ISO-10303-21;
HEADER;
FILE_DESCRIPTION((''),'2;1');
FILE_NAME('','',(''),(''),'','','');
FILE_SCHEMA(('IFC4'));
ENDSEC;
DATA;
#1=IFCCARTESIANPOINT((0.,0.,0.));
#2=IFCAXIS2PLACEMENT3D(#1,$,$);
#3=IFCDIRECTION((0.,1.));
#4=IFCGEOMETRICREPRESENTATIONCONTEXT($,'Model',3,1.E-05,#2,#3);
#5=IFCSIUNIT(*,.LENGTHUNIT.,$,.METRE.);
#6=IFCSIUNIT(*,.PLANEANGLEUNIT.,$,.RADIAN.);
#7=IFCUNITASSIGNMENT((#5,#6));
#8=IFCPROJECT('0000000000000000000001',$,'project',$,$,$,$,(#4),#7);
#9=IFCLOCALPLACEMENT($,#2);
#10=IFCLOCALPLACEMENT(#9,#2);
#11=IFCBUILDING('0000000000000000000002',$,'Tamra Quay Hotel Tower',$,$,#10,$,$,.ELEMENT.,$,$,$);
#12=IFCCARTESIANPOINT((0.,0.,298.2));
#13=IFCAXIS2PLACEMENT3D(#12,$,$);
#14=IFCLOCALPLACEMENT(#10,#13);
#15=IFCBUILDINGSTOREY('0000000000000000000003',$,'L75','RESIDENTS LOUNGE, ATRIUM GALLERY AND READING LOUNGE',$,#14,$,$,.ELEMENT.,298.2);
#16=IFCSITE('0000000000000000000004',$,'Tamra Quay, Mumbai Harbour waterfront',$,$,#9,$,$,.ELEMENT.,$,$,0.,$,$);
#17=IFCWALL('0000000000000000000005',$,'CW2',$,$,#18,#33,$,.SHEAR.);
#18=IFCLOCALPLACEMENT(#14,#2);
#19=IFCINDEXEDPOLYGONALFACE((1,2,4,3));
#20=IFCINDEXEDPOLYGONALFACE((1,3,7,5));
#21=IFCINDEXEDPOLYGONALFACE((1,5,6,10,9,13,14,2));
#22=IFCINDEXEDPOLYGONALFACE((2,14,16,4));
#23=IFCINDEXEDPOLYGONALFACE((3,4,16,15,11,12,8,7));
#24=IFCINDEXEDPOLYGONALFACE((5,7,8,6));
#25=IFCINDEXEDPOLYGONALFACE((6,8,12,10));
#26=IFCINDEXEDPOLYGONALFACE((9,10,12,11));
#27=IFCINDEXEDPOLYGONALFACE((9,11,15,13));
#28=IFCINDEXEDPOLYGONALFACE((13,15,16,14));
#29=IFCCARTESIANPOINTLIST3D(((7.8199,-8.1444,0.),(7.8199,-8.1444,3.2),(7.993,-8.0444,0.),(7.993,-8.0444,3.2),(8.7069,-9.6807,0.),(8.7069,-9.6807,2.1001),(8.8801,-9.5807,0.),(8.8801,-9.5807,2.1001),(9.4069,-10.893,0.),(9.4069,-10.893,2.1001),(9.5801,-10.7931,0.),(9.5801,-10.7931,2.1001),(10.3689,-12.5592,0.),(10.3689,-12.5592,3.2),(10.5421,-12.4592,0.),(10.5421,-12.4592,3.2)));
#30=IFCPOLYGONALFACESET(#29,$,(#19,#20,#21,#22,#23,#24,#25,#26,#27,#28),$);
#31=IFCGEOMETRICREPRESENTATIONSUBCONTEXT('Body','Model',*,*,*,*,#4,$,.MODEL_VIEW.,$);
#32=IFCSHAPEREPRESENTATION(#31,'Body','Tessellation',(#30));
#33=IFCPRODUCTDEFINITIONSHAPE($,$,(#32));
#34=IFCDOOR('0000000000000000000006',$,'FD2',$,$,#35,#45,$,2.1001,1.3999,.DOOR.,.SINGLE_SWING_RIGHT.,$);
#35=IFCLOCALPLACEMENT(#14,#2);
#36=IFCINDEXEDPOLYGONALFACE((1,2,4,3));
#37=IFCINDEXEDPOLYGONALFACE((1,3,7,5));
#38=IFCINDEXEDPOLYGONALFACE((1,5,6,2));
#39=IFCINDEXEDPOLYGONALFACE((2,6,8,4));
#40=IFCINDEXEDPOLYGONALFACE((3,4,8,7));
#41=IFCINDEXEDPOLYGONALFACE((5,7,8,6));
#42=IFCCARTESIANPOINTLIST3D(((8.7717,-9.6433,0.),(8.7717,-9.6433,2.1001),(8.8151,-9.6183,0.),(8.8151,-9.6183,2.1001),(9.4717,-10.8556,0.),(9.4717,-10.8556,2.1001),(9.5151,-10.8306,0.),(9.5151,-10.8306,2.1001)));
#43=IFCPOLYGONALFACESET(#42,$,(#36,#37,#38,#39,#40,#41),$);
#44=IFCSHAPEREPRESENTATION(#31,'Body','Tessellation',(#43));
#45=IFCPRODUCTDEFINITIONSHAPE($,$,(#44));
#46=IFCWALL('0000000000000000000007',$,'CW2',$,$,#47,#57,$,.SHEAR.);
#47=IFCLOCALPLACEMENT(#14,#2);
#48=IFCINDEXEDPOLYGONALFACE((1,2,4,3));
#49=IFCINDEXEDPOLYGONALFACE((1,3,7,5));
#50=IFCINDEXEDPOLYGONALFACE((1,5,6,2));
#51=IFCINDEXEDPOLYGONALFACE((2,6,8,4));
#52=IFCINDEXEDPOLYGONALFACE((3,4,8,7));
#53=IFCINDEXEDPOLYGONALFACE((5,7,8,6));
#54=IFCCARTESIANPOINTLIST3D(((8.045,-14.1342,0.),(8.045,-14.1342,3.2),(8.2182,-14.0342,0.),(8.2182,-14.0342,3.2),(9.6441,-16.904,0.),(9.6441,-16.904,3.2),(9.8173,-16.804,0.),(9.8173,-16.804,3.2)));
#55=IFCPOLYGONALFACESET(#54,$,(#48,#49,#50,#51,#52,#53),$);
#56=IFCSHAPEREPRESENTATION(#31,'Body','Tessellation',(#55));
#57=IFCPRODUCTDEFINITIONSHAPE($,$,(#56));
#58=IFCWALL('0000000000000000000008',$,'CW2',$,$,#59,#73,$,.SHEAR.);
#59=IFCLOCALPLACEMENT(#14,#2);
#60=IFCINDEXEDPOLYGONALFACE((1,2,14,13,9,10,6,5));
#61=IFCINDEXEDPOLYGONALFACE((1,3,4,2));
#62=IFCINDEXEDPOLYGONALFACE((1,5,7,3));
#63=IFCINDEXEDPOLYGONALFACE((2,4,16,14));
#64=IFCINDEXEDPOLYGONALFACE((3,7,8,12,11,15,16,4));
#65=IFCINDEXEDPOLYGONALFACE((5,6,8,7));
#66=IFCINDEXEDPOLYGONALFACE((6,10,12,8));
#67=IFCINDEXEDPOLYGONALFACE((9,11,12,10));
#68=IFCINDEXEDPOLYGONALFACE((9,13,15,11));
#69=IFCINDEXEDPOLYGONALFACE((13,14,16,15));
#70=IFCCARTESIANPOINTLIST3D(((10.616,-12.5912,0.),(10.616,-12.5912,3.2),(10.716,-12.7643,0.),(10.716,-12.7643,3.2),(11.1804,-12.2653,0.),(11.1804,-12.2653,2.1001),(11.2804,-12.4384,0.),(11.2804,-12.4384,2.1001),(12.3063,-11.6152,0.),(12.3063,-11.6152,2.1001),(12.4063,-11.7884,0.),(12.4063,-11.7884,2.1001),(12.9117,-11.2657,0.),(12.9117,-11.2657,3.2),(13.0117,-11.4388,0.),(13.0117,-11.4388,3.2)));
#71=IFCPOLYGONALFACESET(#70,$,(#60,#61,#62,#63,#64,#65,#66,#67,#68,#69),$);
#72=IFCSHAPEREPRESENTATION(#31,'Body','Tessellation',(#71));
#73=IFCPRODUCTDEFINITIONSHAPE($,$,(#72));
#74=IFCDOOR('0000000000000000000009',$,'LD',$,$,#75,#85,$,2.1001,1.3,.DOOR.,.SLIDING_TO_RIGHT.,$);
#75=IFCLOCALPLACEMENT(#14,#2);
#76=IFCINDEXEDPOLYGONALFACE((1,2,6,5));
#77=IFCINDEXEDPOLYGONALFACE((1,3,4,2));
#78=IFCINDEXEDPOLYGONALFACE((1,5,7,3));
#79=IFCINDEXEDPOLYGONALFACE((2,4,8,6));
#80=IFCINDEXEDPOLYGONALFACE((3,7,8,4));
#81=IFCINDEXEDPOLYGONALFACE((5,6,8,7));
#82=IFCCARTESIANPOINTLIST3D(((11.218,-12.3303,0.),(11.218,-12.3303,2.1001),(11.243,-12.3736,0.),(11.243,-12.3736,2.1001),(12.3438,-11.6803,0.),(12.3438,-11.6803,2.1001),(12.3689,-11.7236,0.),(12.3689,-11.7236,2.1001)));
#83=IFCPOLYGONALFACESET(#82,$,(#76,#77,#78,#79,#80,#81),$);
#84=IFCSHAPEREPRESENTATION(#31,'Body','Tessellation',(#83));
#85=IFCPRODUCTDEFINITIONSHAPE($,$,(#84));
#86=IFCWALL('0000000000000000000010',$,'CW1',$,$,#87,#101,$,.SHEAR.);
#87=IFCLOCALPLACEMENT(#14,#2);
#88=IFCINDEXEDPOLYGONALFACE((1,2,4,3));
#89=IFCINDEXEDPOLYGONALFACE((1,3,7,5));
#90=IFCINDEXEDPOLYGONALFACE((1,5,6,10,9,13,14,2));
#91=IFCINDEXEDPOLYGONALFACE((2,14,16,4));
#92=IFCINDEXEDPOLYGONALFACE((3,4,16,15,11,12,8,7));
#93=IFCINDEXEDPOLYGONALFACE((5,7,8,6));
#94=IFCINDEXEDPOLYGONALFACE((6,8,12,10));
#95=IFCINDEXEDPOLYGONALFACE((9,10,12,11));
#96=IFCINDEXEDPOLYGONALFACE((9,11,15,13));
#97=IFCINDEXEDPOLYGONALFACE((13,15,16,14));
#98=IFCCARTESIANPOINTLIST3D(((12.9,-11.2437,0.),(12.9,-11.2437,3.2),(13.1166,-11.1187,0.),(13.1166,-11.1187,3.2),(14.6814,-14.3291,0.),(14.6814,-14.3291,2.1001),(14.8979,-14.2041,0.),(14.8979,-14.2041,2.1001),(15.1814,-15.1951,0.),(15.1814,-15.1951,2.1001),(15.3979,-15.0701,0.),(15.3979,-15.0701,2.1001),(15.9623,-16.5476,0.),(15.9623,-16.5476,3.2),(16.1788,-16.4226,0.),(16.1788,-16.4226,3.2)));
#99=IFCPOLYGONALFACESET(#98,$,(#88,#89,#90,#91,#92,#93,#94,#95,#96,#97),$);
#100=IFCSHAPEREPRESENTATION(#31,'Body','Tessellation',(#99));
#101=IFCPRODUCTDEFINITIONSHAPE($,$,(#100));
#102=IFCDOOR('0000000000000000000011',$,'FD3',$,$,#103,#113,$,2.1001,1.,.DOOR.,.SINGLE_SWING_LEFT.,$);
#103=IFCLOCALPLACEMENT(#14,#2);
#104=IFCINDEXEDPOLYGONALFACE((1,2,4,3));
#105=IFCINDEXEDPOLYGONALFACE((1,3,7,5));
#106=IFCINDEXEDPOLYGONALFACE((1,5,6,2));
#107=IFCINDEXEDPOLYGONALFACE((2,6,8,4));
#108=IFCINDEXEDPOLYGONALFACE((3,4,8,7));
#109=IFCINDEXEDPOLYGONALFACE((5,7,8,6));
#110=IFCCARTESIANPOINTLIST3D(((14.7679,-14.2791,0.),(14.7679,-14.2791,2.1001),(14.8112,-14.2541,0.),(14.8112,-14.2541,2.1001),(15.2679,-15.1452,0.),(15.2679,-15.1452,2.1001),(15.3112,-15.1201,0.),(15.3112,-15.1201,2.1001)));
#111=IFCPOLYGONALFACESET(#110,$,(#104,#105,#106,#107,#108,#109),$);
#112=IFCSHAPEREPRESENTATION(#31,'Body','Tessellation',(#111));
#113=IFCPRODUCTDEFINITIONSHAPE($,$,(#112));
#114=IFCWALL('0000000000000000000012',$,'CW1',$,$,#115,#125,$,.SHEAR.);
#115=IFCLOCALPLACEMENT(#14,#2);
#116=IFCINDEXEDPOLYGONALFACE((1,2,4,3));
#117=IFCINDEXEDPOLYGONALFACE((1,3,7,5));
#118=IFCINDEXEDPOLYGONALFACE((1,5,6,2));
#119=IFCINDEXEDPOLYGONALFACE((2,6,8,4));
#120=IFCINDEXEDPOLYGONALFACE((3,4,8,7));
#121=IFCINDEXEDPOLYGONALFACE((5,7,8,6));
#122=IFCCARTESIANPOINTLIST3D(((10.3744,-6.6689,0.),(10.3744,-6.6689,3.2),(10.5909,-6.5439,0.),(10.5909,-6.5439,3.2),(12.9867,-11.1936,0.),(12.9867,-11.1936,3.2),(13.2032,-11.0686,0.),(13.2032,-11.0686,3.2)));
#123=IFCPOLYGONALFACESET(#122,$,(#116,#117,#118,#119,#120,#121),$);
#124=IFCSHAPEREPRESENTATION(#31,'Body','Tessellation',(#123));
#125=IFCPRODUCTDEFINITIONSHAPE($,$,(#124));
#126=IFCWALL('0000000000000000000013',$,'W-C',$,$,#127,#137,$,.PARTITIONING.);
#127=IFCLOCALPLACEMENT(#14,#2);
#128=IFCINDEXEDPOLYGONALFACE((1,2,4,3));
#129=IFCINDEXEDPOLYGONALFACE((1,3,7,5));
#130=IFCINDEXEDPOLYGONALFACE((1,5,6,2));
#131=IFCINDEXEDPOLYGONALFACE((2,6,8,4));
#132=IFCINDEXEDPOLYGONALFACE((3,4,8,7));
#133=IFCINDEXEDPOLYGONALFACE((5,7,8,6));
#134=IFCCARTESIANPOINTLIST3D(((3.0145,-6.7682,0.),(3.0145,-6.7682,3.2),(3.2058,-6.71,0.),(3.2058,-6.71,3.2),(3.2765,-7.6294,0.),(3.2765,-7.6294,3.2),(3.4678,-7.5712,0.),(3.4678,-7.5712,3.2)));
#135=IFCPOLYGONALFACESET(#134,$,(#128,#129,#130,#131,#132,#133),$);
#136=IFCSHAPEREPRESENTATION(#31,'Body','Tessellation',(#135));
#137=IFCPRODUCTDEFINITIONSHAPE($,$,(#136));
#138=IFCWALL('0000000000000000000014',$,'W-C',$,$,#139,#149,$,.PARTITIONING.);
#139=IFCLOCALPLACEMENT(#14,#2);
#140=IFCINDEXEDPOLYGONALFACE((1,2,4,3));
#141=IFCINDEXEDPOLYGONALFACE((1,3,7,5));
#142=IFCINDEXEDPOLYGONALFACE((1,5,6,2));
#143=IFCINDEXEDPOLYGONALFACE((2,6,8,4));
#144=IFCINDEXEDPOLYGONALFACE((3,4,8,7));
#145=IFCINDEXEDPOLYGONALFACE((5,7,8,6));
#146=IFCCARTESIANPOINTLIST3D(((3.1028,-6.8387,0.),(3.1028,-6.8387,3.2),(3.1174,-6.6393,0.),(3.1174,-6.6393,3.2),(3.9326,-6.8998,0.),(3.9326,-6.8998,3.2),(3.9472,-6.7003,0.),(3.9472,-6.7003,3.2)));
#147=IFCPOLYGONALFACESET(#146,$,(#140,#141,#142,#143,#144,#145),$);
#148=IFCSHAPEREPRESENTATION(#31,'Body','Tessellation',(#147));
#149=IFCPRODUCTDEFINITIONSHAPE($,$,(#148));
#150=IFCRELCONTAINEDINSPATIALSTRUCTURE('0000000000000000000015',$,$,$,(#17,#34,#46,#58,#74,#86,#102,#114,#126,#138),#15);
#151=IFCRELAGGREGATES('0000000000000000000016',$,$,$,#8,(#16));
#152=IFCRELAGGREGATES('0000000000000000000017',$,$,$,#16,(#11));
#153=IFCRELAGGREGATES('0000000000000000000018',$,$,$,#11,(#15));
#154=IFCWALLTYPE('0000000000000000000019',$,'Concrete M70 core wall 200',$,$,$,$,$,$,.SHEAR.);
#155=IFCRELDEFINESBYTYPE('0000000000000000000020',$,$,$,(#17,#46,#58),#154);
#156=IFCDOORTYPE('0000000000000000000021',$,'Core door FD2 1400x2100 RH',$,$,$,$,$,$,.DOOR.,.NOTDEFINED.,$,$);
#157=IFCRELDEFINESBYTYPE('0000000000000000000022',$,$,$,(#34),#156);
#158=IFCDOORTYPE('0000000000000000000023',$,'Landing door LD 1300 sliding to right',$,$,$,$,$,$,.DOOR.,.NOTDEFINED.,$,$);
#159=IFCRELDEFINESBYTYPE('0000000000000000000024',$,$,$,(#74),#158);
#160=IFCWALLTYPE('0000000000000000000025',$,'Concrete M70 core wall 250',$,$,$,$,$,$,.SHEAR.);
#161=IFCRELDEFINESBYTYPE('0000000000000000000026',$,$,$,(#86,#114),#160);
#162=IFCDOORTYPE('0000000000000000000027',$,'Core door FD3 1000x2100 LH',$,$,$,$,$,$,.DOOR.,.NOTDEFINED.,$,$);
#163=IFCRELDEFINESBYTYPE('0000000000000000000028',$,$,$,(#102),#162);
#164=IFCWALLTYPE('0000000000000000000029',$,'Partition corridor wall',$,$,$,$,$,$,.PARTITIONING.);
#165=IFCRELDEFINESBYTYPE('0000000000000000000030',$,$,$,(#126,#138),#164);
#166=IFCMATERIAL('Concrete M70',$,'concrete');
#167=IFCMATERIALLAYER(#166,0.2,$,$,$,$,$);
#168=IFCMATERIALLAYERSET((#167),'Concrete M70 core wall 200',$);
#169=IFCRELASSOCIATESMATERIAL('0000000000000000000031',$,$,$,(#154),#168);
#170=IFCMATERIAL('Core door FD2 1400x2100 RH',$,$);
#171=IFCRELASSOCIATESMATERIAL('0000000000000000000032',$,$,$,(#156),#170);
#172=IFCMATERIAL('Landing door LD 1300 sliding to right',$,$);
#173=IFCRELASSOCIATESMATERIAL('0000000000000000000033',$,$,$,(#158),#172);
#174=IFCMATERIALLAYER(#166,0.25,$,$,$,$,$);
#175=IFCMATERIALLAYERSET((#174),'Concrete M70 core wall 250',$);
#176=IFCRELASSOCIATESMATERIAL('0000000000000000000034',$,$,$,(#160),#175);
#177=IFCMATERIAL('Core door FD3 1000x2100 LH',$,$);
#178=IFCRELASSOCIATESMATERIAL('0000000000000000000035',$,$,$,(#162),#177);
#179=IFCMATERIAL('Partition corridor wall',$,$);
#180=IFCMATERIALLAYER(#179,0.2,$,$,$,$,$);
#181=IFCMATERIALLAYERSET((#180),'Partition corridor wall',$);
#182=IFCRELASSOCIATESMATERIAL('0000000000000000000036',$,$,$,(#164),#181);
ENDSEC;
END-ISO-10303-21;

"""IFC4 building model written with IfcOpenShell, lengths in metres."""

from ifc_helpers import new_model, si_unit, direction, frame, frame_2d, origin, place, context, subcontext, project, spatial, rectangle, extrude, material, layer, layer_set, type_object, element, fill, save


model = new_model("IFC4")

# Units and contexts
model_context = context("Model", 3, precision=1e-05, world=origin(), true_north=direction((0.0, 1.0)))
body_context = subcontext(model_context, "Body", "Model", "MODEL_VIEW")
ifc_project = project(units=[si_unit("LENGTHUNIT", "METRE"), si_unit("PLANEANGLEUNIT", "RADIAN")], contexts=[model_context])

# Site, building, storey
site_placement = place(None, origin())
site = spatial("IfcSite", under=ifc_project, at=site_placement, Name="Tamra Quay, Mumbai Harbour waterfront", CompositionType="ELEMENT", RefElevation=0.0)
building_placement = place(site_placement, origin())
building = spatial("IfcBuilding", under=site, at=building_placement, Name="Tamra Quay Hotel Tower", CompositionType="ELEMENT")
storey_placement = place(building_placement, frame((0.0, 0.0, 298.2)))
storey = spatial("IfcBuildingStorey", under=building, at=storey_placement, Name="L75", Description="RESIDENTS LOUNGE, ATRIUM GALLERY AND READING LOUNGE", CompositionType="ELEMENT", Elevation=298.2)

# Wall, opening, door
ifc_material_1 = material(Name="Concrete M70", Category="concrete")
ifc_layer_1 = layer(ifc_material_1, 0.2)
ifc_layer_set_1 = layer_set([ifc_layer_1], Name="Concrete M70 core wall 200")
wall_type_1 = type_object("IfcWallType", Name="Concrete M70 core wall 200", PredefinedType="SHEAR", material=ifc_layer_set_1)
wall_1_placement = place(storey_placement, frame((7.9065, -8.0945, 0.0), z_axis=(0.0, 0.0, 1.0), x_axis=(0.500028, -0.866009, 0.0)))
wall_1 = element("IfcWall", 1, at=wall_1_placement, inside=storey, type_object=wall_type_1, Name="CW2", PredefinedType="SHEAR", context=body_context, shape_type="SweptSolid", body=[
    extrude(rectangle(XDim=5.0979, YDim=0.2, at=frame_2d((2.5488, 0.0))), origin(), (0.0, 0.0, 1.0), 3.2),
])
opening_1_placement = place(wall_1_placement, frame((1.7739, 0.0, 0.0)))
opening_1 = element("IfcOpeningElement", 2, at=opening_1_placement, cuts=wall_1, PredefinedType="OPENING", context=body_context, shape_type="SweptSolid", body=[
    extrude(rectangle(XDim=1.3999, YDim=2.1001, at=frame_2d((0.7, 1.05))), frame((0.0, 0.1099, 0.0), z_axis=(0.0, -1.0, 0.0), x_axis=(1.0, 0.0, 0.0)), (0.0, 0.0, 1.0), 0.22),
])
ifc_material_2 = material(Name="Core door FD2 1400x2100 RH")
door_type_1 = type_object("IfcDoorType", Name="Core door FD2 1400x2100 RH", OperationType="NOTDEFINED", PredefinedType="DOOR", material=ifc_material_2)
door_1_placement = place(opening_1_placement, origin())
door_1 = element("IfcDoor", 3, at=door_1_placement, inside=storey, type_object=door_type_1, Name="FD2", OperationType="SINGLE_SWING_RIGHT", OverallHeight=2.1001, OverallWidth=1.3999, PredefinedType="DOOR", context=body_context, shape_type="SweptSolid", body=[
    extrude(rectangle(XDim=1.3999, YDim=2.1001, at=frame_2d((0.7, 1.05))), frame((0.0, 0.0249, 0.0), z_axis=(0.0, -1.0, 0.0), x_axis=(1.0, 0.0, 0.0)), (0.0, 0.0, 1.0), 0.05),
])
fill(opening_1, door_1)

# Wall
wall_2_placement = place(storey_placement, frame((8.1316, -14.0842, 0.0), z_axis=(0.0, 0.0, 1.0), x_axis=(0.499998, -0.866027, 0.0)))
element("IfcWall", 4, at=wall_2_placement, inside=storey, type_object=wall_type_1, Name="CW2", PredefinedType="SHEAR", context=body_context, shape_type="SweptSolid", body=[
    extrude(rectangle(XDim=3.1982, YDim=0.2, at=frame_2d((1.5991, 0.0))), origin(), (0.0, 0.0, 1.0), 3.2),
])

# Walls, openings, doors
wall_3_placement = place(storey_placement, frame((10.666, -12.6777, 0.0), z_axis=(0.0, 0.0, 1.0), x_axis=(0.866018, 0.500012, 0.0)))
wall_3 = element("IfcWall", 5, at=wall_3_placement, inside=storey, type_object=wall_type_1, Name="CW2", PredefinedType="SHEAR", context=body_context, shape_type="SweptSolid", body=[
    extrude(rectangle(XDim=2.6509, YDim=0.2, at=frame_2d((1.3254, 0.0))), origin(), (0.0, 0.0, 1.0), 3.2),
])
opening_2_placement = place(wall_3_placement, frame((0.6519, 0.0, 0.0)))
opening_2 = element("IfcOpeningElement", 6, at=opening_2_placement, cuts=wall_3, PredefinedType="OPENING", context=body_context, shape_type="SweptSolid", body=[
    extrude(rectangle(XDim=1.3, YDim=2.1001, at=frame_2d((0.6499, 1.05))), frame((0.0, 0.1099, 0.0), z_axis=(0.0, -1.0, 0.0), x_axis=(1.0, 0.0, 0.0)), (0.0, 0.0, 1.0), 0.22),
])
ifc_material_3 = material(Name="Landing door LD 1300 sliding to right")
door_type_2 = type_object("IfcDoorType", Name="Landing door LD 1300 sliding to right", OperationType="NOTDEFINED", PredefinedType="DOOR", material=ifc_material_3)
door_2_placement = place(opening_2_placement, origin())
door_2 = element("IfcDoor", 7, at=door_2_placement, inside=storey, type_object=door_type_2, Name="LD", OperationType="SLIDING_TO_RIGHT", OverallHeight=2.1001, OverallWidth=1.3, PredefinedType="DOOR", context=body_context, shape_type="SweptSolid", body=[
    extrude(rectangle(XDim=1.3, YDim=2.1001, at=frame_2d((0.6499, 1.05))), frame((0.0, 0.0249, 0.0), z_axis=(0.0, -1.0, 0.0), x_axis=(1.0, 0.0, 0.0)), (0.0, 0.0, 1.0), 0.05),
])
fill(opening_2, door_2)
ifc_layer_2 = layer(ifc_material_1, 0.25)
ifc_layer_set_2 = layer_set([ifc_layer_2], Name="Concrete M70 core wall 250")
wall_type_2 = type_object("IfcWallType", Name="Concrete M70 core wall 250", PredefinedType="SHEAR", material=ifc_layer_set_2)
wall_4_placement = place(storey_placement, frame((13.0083, -11.1812, 0.0), z_axis=(0.0, 0.0, 1.0), x_axis=(0.500002, -0.866024, 0.0)))
wall_4 = element("IfcWall", 8, at=wall_4_placement, inside=storey, type_object=wall_type_2, Name="CW1", PredefinedType="SHEAR", context=body_context, shape_type="SweptSolid", body=[
    extrude(rectangle(XDim=6.1245, YDim=0.25, at=frame_2d((3.0623, 0.0))), origin(), (0.0, 0.0, 1.0), 3.2),
])
opening_3_placement = place(wall_4_placement, frame((3.5627, 0.0, 0.0)))
opening_3 = element("IfcOpeningElement", 9, at=opening_3_placement, cuts=wall_4, PredefinedType="OPENING", context=body_context, shape_type="SweptSolid", body=[
    extrude(rectangle(XDim=1.0, YDim=2.1001, at=frame_2d((0.5, 1.05))), frame((0.0, 0.135, 0.0), z_axis=(0.0, -1.0, 0.0), x_axis=(1.0, 0.0, 0.0)), (0.0, 0.0, 1.0), 0.27),
])
ifc_material_4 = material(Name="Core door FD3 1000x2100 LH")
door_type_3 = type_object("IfcDoorType", Name="Core door FD3 1000x2100 LH", OperationType="NOTDEFINED", PredefinedType="DOOR", material=ifc_material_4)
door_3_placement = place(opening_3_placement, origin())
door_3 = element("IfcDoor", 10, at=door_3_placement, inside=storey, type_object=door_type_3, Name="FD3", OperationType="SINGLE_SWING_LEFT", OverallHeight=2.1001, OverallWidth=1.0, PredefinedType="DOOR", context=body_context, shape_type="SweptSolid", body=[
    extrude(rectangle(XDim=1.0, YDim=2.1001, at=frame_2d((0.5, 1.05))), frame((0.0, 0.0249, 0.0), z_axis=(0.0, -1.0, 0.0), x_axis=(1.0, 0.0, 0.0)), (0.0, 0.0, 1.0), 0.05),
])
fill(opening_3, door_3)

# Walls
wall_5_placement = place(storey_placement, frame((10.4827, -6.6064, 0.0), z_axis=(0.0, 0.0, 1.0), x_axis=(0.499999, -0.866026, 0.0)))
element("IfcWall", 11, at=wall_5_placement, inside=storey, type_object=wall_type_2, Name="CW1", PredefinedType="SHEAR", context=body_context, shape_type="SweptSolid", body=[
    extrude(rectangle(XDim=5.2246, YDim=0.25, at=frame_2d((2.6123, 0.0))), origin(), (0.0, 0.0, 1.0), 3.2),
])
ifc_material_5 = material(Name="Partition corridor wall")
ifc_layer_3 = layer(ifc_material_5, 0.2)
ifc_layer_set_3 = layer_set([ifc_layer_3], Name="Partition corridor wall")
wall_type_3 = type_object("IfcWallType", Name="Partition corridor wall", PredefinedType="PARTITIONING", material=ifc_layer_set_3)
wall_6_placement = place(storey_placement, frame((3.1101, -6.739, 0.0), z_axis=(0.0, 0.0, 1.0), x_axis=(0.291054, -0.956707, 0.0)))
element("IfcWall", 12, at=wall_6_placement, inside=storey, type_object=wall_type_3, Name="W-C", PredefinedType="PARTITIONING", context=body_context, shape_type="SweptSolid", body=[
    extrude(rectangle(XDim=0.9001, YDim=0.2, at=frame_2d((0.4502, 0.0))), origin(), (0.0, 0.0, 1.0), 3.2),
])
wall_7_placement = place(storey_placement, frame((3.1101, -6.739, 0.0), z_axis=(0.0, 0.0, 1.0), x_axis=(0.997306, -0.073353, 0.0)))
element("IfcWall", 13, at=wall_7_placement, inside=storey, type_object=wall_type_3, Name="W-C", PredefinedType="PARTITIONING", context=body_context, shape_type="SweptSolid", body=[
    extrude(rectangle(XDim=0.832, YDim=0.2, at=frame_2d((0.416, 0.0))), origin(), (0.0, 0.0, 1.0), 3.2),
])

save(model, "model.ifc")
